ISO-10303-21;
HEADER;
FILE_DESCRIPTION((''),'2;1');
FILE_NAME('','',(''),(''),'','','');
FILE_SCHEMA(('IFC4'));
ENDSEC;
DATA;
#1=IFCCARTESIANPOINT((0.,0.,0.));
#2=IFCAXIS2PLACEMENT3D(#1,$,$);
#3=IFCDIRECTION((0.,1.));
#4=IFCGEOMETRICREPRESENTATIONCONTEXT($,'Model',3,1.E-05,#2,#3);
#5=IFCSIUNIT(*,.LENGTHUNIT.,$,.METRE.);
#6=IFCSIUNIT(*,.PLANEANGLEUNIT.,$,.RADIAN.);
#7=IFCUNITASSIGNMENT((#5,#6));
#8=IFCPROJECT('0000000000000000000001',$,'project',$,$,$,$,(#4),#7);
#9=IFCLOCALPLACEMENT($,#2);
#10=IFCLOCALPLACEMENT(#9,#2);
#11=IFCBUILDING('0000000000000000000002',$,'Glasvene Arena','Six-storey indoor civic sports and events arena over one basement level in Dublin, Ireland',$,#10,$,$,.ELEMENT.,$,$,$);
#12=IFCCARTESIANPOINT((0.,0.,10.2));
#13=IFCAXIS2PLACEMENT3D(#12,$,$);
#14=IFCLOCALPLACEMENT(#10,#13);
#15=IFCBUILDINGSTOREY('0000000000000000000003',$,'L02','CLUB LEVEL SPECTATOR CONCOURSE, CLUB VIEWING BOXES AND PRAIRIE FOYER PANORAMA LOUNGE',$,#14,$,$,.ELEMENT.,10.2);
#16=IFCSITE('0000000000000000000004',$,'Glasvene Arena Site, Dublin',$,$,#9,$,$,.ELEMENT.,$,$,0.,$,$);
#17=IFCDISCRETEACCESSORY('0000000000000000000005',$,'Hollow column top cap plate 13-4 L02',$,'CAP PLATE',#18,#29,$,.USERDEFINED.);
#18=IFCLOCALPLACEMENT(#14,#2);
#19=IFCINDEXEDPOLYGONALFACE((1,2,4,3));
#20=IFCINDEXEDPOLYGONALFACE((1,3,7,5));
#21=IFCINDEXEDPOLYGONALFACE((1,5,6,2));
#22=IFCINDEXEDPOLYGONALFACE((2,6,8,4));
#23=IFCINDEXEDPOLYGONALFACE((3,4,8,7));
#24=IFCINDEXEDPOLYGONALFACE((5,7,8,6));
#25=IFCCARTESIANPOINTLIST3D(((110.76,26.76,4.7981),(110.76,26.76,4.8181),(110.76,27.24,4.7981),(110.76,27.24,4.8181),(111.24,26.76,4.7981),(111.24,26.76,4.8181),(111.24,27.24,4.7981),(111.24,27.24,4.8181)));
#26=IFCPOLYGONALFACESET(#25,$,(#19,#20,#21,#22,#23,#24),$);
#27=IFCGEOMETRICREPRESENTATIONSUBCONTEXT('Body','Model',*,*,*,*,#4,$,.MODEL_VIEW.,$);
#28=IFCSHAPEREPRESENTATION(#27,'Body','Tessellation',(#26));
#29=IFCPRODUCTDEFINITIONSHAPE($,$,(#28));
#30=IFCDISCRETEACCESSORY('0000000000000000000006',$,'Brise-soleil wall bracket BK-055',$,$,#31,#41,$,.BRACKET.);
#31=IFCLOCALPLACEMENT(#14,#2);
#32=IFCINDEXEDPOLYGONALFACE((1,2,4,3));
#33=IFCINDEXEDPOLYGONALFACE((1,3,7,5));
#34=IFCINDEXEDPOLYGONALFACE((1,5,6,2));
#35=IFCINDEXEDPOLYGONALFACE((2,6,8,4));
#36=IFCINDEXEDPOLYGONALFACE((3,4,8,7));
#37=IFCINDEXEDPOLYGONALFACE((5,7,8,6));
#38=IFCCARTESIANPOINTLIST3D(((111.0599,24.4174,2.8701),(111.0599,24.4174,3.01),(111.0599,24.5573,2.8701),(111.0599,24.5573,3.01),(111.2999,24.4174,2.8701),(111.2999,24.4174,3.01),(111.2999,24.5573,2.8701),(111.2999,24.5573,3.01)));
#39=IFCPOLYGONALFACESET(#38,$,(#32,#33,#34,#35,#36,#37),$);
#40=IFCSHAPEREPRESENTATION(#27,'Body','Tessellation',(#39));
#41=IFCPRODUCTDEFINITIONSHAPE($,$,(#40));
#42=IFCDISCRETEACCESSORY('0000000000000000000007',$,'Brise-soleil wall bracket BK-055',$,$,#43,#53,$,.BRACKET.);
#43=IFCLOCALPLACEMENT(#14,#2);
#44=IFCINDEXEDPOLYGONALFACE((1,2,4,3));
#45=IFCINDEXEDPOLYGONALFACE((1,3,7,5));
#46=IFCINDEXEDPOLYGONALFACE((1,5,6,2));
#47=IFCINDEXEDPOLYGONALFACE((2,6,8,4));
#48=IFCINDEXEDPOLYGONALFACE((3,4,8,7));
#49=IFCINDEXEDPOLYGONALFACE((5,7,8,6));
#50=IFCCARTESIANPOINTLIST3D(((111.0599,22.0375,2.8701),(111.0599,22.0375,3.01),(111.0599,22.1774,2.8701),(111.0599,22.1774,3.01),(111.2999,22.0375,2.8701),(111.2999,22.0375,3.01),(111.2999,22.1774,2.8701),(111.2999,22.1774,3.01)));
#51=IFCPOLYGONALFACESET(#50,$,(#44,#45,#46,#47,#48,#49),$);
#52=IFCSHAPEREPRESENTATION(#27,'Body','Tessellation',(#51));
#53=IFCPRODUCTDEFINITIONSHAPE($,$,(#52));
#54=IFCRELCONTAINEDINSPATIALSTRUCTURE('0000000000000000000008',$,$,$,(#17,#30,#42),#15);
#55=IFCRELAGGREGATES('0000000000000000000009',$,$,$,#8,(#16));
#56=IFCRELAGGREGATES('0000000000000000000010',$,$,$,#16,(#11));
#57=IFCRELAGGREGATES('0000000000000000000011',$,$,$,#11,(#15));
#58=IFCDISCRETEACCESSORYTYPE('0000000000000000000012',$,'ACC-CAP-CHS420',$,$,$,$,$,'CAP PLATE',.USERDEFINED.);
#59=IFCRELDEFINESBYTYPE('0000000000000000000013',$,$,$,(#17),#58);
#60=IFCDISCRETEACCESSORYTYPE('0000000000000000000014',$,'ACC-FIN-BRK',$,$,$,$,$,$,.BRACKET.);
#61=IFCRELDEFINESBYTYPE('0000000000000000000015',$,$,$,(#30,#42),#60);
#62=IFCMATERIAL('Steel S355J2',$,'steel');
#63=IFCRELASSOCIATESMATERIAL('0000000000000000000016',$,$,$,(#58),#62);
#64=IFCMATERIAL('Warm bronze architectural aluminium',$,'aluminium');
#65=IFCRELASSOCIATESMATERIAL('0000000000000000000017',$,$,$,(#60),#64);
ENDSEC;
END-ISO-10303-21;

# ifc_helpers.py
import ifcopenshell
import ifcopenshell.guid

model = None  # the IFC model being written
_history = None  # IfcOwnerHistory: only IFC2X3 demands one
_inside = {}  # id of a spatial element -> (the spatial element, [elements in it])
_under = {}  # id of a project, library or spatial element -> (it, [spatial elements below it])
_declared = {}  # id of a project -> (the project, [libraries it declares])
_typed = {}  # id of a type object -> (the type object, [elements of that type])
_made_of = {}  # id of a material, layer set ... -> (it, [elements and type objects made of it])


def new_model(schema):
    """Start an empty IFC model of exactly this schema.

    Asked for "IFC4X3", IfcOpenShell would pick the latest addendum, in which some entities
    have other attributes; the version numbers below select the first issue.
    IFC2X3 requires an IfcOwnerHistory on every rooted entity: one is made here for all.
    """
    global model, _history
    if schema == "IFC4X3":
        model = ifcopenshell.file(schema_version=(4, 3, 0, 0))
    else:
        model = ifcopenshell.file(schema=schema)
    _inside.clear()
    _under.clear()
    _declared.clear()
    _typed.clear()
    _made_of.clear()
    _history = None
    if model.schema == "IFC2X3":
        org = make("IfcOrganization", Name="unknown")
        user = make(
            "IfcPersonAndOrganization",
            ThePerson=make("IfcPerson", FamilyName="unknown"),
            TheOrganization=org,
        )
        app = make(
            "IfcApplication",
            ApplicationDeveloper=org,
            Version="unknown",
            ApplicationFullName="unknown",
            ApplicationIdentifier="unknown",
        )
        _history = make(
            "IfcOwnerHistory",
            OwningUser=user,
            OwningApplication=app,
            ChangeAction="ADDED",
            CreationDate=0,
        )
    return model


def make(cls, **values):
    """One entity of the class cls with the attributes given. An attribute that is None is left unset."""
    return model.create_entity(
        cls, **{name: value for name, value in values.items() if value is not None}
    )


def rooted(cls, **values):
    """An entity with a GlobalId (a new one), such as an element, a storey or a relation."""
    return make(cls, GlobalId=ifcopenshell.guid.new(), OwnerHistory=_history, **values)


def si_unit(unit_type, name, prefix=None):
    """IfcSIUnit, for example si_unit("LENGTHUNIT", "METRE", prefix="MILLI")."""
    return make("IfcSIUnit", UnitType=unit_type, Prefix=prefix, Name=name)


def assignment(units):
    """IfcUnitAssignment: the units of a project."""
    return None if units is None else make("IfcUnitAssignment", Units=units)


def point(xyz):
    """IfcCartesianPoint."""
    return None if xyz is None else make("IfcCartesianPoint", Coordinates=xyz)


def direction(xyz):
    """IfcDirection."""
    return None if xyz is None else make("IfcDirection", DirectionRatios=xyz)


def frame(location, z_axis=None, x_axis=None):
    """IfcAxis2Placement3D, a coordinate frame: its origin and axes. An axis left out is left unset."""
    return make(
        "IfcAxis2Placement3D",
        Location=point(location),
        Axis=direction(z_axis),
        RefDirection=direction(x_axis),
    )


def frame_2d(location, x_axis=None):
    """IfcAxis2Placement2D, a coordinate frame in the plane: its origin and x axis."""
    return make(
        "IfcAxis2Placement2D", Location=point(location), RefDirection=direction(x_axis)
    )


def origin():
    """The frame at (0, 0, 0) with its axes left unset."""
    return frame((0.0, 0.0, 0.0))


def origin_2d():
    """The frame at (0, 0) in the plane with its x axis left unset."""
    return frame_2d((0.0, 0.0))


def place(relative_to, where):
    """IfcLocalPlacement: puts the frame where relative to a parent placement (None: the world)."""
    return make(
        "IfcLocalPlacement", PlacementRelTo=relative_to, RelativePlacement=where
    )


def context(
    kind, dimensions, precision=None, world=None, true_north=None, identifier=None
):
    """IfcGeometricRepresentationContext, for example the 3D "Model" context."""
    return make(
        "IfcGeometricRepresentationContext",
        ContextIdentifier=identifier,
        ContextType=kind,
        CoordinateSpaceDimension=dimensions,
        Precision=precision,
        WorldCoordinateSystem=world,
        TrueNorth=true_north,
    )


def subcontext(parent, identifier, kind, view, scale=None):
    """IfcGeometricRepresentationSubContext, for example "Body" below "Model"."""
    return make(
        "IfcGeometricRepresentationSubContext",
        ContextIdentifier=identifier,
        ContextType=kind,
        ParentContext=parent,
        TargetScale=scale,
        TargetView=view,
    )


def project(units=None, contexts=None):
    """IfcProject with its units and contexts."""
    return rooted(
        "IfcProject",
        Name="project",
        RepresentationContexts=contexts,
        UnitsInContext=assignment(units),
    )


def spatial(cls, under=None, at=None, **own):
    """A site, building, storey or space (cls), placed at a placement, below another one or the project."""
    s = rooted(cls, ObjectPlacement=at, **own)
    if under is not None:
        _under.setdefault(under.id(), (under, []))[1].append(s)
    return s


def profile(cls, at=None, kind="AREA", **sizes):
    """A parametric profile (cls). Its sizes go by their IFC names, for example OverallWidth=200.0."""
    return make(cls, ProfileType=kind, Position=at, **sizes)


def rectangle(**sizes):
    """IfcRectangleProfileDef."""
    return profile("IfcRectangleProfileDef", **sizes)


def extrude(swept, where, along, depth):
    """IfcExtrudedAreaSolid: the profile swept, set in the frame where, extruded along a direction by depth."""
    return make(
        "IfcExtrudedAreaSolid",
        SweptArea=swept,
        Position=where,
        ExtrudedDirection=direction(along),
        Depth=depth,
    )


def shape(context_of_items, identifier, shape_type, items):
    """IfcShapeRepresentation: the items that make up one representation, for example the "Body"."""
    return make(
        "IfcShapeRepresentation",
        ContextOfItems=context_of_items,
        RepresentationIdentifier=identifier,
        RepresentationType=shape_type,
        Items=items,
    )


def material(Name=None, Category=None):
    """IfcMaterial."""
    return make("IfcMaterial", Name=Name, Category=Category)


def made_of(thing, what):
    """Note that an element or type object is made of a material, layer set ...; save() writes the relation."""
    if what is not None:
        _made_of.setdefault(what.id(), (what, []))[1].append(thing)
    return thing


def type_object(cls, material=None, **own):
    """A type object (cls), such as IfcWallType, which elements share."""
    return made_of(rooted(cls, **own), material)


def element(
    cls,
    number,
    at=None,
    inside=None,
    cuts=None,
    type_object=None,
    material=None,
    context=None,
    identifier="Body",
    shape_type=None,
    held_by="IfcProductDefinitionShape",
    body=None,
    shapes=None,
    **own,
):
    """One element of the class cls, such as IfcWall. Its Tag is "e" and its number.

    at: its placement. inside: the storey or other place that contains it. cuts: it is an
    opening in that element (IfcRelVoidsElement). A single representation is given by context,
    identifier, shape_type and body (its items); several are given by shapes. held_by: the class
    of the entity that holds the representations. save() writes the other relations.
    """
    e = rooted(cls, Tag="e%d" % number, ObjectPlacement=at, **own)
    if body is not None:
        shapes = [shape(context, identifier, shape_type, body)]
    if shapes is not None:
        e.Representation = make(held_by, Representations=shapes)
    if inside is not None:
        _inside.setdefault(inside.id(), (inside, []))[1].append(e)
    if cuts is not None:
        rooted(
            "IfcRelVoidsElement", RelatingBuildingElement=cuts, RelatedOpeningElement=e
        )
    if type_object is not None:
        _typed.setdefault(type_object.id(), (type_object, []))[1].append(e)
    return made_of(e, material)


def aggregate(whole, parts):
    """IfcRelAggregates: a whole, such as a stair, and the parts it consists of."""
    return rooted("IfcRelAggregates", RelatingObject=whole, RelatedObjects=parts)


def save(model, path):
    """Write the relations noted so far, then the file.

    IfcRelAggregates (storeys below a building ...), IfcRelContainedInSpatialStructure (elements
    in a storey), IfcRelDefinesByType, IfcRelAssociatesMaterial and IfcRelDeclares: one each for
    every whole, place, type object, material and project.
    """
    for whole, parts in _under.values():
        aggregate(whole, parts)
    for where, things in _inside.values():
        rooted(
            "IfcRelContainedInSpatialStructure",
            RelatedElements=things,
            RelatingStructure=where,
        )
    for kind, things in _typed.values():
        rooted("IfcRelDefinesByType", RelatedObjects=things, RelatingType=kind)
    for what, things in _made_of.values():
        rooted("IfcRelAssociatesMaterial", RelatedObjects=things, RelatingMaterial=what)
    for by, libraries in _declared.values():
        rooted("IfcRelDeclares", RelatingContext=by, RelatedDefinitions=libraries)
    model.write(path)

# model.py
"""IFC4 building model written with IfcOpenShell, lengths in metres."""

from ifc_helpers import new_model, si_unit, direction, frame, origin, origin_2d, place, context, subcontext, project, spatial, rectangle, extrude, material, type_object, element, save


model = new_model("IFC4")

# Units and contexts
model_context = context("Model", 3, precision=1e-05, world=origin(), true_north=direction((0.0, 1.0)))
body_context = subcontext(model_context, "Body", "Model", "MODEL_VIEW")
ifc_project = project(units=[si_unit("LENGTHUNIT", "METRE"), si_unit("PLANEANGLEUNIT", "RADIAN")], contexts=[model_context])

# Site, building, storey
site_placement = place(None, origin())
site = spatial("IfcSite", under=ifc_project, at=site_placement, Name="Glasvene Arena Site, Dublin", CompositionType="ELEMENT", RefElevation=0.0)
building_placement = place(site_placement, origin())
building = spatial("IfcBuilding", under=site, at=building_placement, Name="Glasvene Arena", Description="Six-storey indoor civic sports and events arena over one basement level in Dublin, Ireland", CompositionType="ELEMENT")
storey_placement = place(building_placement, frame((0.0, 0.0, 10.2)))
storey = spatial("IfcBuildingStorey", under=building, at=storey_placement, Name="L02", Description="CLUB LEVEL SPECTATOR CONCOURSE, CLUB VIEWING BOXES AND PRAIRIE FOYER PANORAMA LOUNGE", CompositionType="ELEMENT", Elevation=10.2)

# Shared definitions
ifc_material_1 = material(Name="Steel S355J2", Category="steel")

# Shared definitions
ifc_material_2 = material(Name="Warm bronze architectural aluminium", Category="aluminium")

# Discrete accessories
discrete_accessory_type_1 = type_object("IfcDiscreteAccessoryType", Name="ACC-CAP-CHS420", ElementType="CAP PLATE", PredefinedType="USERDEFINED", material=ifc_material_1)
discrete_accessory_placement = place(storey_placement, frame((111.0, 27.0, 4.7981), z_axis=(0.0, 0.0, 1.0), x_axis=(1.0, 0.0, 0.0)))
element("IfcDiscreteAccessory", 1, at=discrete_accessory_placement, inside=storey, type_object=discrete_accessory_type_1, Name="Hollow column top cap plate 13-4 L02", ObjectType="CAP PLATE", PredefinedType="USERDEFINED", context=body_context, shape_type="SweptSolid", body=[
    extrude(rectangle(XDim=0.48, YDim=0.48, at=origin_2d()), origin(), (0.0, 0.0, 1.0), 0.02),
])
discrete_accessory_type_2 = type_object("IfcDiscreteAccessoryType", Name="ACC-FIN-BRK", PredefinedType="BRACKET", material=ifc_material_2)
for number, where, z_axis, x_axis, name in (
    (2, (111.1799, 24.4873, 2.8701), (0.0, 0.0, 1.0), (0.0, -1.0, 0.0), "Brise-soleil wall bracket BK-055"),
    (3, (111.1799, 22.1074, 2.8701), (0.0, 0.0, 1.0), (0.0, -1.0, 0.0), "Brise-soleil wall bracket BK-055"),
):
    element("IfcDiscreteAccessory", number, at=place(storey_placement, frame(where, z_axis=z_axis, x_axis=x_axis)), inside=storey, type_object=discrete_accessory_type_2, Name=name, PredefinedType="BRACKET", context=body_context, shape_type="SweptSolid", body=[
        extrude(rectangle(XDim=0.1399, YDim=0.24, at=origin_2d()), origin(), (0.0, 0.0, 1.0), 0.1399),
    ])

save(model, "model.ifc")
